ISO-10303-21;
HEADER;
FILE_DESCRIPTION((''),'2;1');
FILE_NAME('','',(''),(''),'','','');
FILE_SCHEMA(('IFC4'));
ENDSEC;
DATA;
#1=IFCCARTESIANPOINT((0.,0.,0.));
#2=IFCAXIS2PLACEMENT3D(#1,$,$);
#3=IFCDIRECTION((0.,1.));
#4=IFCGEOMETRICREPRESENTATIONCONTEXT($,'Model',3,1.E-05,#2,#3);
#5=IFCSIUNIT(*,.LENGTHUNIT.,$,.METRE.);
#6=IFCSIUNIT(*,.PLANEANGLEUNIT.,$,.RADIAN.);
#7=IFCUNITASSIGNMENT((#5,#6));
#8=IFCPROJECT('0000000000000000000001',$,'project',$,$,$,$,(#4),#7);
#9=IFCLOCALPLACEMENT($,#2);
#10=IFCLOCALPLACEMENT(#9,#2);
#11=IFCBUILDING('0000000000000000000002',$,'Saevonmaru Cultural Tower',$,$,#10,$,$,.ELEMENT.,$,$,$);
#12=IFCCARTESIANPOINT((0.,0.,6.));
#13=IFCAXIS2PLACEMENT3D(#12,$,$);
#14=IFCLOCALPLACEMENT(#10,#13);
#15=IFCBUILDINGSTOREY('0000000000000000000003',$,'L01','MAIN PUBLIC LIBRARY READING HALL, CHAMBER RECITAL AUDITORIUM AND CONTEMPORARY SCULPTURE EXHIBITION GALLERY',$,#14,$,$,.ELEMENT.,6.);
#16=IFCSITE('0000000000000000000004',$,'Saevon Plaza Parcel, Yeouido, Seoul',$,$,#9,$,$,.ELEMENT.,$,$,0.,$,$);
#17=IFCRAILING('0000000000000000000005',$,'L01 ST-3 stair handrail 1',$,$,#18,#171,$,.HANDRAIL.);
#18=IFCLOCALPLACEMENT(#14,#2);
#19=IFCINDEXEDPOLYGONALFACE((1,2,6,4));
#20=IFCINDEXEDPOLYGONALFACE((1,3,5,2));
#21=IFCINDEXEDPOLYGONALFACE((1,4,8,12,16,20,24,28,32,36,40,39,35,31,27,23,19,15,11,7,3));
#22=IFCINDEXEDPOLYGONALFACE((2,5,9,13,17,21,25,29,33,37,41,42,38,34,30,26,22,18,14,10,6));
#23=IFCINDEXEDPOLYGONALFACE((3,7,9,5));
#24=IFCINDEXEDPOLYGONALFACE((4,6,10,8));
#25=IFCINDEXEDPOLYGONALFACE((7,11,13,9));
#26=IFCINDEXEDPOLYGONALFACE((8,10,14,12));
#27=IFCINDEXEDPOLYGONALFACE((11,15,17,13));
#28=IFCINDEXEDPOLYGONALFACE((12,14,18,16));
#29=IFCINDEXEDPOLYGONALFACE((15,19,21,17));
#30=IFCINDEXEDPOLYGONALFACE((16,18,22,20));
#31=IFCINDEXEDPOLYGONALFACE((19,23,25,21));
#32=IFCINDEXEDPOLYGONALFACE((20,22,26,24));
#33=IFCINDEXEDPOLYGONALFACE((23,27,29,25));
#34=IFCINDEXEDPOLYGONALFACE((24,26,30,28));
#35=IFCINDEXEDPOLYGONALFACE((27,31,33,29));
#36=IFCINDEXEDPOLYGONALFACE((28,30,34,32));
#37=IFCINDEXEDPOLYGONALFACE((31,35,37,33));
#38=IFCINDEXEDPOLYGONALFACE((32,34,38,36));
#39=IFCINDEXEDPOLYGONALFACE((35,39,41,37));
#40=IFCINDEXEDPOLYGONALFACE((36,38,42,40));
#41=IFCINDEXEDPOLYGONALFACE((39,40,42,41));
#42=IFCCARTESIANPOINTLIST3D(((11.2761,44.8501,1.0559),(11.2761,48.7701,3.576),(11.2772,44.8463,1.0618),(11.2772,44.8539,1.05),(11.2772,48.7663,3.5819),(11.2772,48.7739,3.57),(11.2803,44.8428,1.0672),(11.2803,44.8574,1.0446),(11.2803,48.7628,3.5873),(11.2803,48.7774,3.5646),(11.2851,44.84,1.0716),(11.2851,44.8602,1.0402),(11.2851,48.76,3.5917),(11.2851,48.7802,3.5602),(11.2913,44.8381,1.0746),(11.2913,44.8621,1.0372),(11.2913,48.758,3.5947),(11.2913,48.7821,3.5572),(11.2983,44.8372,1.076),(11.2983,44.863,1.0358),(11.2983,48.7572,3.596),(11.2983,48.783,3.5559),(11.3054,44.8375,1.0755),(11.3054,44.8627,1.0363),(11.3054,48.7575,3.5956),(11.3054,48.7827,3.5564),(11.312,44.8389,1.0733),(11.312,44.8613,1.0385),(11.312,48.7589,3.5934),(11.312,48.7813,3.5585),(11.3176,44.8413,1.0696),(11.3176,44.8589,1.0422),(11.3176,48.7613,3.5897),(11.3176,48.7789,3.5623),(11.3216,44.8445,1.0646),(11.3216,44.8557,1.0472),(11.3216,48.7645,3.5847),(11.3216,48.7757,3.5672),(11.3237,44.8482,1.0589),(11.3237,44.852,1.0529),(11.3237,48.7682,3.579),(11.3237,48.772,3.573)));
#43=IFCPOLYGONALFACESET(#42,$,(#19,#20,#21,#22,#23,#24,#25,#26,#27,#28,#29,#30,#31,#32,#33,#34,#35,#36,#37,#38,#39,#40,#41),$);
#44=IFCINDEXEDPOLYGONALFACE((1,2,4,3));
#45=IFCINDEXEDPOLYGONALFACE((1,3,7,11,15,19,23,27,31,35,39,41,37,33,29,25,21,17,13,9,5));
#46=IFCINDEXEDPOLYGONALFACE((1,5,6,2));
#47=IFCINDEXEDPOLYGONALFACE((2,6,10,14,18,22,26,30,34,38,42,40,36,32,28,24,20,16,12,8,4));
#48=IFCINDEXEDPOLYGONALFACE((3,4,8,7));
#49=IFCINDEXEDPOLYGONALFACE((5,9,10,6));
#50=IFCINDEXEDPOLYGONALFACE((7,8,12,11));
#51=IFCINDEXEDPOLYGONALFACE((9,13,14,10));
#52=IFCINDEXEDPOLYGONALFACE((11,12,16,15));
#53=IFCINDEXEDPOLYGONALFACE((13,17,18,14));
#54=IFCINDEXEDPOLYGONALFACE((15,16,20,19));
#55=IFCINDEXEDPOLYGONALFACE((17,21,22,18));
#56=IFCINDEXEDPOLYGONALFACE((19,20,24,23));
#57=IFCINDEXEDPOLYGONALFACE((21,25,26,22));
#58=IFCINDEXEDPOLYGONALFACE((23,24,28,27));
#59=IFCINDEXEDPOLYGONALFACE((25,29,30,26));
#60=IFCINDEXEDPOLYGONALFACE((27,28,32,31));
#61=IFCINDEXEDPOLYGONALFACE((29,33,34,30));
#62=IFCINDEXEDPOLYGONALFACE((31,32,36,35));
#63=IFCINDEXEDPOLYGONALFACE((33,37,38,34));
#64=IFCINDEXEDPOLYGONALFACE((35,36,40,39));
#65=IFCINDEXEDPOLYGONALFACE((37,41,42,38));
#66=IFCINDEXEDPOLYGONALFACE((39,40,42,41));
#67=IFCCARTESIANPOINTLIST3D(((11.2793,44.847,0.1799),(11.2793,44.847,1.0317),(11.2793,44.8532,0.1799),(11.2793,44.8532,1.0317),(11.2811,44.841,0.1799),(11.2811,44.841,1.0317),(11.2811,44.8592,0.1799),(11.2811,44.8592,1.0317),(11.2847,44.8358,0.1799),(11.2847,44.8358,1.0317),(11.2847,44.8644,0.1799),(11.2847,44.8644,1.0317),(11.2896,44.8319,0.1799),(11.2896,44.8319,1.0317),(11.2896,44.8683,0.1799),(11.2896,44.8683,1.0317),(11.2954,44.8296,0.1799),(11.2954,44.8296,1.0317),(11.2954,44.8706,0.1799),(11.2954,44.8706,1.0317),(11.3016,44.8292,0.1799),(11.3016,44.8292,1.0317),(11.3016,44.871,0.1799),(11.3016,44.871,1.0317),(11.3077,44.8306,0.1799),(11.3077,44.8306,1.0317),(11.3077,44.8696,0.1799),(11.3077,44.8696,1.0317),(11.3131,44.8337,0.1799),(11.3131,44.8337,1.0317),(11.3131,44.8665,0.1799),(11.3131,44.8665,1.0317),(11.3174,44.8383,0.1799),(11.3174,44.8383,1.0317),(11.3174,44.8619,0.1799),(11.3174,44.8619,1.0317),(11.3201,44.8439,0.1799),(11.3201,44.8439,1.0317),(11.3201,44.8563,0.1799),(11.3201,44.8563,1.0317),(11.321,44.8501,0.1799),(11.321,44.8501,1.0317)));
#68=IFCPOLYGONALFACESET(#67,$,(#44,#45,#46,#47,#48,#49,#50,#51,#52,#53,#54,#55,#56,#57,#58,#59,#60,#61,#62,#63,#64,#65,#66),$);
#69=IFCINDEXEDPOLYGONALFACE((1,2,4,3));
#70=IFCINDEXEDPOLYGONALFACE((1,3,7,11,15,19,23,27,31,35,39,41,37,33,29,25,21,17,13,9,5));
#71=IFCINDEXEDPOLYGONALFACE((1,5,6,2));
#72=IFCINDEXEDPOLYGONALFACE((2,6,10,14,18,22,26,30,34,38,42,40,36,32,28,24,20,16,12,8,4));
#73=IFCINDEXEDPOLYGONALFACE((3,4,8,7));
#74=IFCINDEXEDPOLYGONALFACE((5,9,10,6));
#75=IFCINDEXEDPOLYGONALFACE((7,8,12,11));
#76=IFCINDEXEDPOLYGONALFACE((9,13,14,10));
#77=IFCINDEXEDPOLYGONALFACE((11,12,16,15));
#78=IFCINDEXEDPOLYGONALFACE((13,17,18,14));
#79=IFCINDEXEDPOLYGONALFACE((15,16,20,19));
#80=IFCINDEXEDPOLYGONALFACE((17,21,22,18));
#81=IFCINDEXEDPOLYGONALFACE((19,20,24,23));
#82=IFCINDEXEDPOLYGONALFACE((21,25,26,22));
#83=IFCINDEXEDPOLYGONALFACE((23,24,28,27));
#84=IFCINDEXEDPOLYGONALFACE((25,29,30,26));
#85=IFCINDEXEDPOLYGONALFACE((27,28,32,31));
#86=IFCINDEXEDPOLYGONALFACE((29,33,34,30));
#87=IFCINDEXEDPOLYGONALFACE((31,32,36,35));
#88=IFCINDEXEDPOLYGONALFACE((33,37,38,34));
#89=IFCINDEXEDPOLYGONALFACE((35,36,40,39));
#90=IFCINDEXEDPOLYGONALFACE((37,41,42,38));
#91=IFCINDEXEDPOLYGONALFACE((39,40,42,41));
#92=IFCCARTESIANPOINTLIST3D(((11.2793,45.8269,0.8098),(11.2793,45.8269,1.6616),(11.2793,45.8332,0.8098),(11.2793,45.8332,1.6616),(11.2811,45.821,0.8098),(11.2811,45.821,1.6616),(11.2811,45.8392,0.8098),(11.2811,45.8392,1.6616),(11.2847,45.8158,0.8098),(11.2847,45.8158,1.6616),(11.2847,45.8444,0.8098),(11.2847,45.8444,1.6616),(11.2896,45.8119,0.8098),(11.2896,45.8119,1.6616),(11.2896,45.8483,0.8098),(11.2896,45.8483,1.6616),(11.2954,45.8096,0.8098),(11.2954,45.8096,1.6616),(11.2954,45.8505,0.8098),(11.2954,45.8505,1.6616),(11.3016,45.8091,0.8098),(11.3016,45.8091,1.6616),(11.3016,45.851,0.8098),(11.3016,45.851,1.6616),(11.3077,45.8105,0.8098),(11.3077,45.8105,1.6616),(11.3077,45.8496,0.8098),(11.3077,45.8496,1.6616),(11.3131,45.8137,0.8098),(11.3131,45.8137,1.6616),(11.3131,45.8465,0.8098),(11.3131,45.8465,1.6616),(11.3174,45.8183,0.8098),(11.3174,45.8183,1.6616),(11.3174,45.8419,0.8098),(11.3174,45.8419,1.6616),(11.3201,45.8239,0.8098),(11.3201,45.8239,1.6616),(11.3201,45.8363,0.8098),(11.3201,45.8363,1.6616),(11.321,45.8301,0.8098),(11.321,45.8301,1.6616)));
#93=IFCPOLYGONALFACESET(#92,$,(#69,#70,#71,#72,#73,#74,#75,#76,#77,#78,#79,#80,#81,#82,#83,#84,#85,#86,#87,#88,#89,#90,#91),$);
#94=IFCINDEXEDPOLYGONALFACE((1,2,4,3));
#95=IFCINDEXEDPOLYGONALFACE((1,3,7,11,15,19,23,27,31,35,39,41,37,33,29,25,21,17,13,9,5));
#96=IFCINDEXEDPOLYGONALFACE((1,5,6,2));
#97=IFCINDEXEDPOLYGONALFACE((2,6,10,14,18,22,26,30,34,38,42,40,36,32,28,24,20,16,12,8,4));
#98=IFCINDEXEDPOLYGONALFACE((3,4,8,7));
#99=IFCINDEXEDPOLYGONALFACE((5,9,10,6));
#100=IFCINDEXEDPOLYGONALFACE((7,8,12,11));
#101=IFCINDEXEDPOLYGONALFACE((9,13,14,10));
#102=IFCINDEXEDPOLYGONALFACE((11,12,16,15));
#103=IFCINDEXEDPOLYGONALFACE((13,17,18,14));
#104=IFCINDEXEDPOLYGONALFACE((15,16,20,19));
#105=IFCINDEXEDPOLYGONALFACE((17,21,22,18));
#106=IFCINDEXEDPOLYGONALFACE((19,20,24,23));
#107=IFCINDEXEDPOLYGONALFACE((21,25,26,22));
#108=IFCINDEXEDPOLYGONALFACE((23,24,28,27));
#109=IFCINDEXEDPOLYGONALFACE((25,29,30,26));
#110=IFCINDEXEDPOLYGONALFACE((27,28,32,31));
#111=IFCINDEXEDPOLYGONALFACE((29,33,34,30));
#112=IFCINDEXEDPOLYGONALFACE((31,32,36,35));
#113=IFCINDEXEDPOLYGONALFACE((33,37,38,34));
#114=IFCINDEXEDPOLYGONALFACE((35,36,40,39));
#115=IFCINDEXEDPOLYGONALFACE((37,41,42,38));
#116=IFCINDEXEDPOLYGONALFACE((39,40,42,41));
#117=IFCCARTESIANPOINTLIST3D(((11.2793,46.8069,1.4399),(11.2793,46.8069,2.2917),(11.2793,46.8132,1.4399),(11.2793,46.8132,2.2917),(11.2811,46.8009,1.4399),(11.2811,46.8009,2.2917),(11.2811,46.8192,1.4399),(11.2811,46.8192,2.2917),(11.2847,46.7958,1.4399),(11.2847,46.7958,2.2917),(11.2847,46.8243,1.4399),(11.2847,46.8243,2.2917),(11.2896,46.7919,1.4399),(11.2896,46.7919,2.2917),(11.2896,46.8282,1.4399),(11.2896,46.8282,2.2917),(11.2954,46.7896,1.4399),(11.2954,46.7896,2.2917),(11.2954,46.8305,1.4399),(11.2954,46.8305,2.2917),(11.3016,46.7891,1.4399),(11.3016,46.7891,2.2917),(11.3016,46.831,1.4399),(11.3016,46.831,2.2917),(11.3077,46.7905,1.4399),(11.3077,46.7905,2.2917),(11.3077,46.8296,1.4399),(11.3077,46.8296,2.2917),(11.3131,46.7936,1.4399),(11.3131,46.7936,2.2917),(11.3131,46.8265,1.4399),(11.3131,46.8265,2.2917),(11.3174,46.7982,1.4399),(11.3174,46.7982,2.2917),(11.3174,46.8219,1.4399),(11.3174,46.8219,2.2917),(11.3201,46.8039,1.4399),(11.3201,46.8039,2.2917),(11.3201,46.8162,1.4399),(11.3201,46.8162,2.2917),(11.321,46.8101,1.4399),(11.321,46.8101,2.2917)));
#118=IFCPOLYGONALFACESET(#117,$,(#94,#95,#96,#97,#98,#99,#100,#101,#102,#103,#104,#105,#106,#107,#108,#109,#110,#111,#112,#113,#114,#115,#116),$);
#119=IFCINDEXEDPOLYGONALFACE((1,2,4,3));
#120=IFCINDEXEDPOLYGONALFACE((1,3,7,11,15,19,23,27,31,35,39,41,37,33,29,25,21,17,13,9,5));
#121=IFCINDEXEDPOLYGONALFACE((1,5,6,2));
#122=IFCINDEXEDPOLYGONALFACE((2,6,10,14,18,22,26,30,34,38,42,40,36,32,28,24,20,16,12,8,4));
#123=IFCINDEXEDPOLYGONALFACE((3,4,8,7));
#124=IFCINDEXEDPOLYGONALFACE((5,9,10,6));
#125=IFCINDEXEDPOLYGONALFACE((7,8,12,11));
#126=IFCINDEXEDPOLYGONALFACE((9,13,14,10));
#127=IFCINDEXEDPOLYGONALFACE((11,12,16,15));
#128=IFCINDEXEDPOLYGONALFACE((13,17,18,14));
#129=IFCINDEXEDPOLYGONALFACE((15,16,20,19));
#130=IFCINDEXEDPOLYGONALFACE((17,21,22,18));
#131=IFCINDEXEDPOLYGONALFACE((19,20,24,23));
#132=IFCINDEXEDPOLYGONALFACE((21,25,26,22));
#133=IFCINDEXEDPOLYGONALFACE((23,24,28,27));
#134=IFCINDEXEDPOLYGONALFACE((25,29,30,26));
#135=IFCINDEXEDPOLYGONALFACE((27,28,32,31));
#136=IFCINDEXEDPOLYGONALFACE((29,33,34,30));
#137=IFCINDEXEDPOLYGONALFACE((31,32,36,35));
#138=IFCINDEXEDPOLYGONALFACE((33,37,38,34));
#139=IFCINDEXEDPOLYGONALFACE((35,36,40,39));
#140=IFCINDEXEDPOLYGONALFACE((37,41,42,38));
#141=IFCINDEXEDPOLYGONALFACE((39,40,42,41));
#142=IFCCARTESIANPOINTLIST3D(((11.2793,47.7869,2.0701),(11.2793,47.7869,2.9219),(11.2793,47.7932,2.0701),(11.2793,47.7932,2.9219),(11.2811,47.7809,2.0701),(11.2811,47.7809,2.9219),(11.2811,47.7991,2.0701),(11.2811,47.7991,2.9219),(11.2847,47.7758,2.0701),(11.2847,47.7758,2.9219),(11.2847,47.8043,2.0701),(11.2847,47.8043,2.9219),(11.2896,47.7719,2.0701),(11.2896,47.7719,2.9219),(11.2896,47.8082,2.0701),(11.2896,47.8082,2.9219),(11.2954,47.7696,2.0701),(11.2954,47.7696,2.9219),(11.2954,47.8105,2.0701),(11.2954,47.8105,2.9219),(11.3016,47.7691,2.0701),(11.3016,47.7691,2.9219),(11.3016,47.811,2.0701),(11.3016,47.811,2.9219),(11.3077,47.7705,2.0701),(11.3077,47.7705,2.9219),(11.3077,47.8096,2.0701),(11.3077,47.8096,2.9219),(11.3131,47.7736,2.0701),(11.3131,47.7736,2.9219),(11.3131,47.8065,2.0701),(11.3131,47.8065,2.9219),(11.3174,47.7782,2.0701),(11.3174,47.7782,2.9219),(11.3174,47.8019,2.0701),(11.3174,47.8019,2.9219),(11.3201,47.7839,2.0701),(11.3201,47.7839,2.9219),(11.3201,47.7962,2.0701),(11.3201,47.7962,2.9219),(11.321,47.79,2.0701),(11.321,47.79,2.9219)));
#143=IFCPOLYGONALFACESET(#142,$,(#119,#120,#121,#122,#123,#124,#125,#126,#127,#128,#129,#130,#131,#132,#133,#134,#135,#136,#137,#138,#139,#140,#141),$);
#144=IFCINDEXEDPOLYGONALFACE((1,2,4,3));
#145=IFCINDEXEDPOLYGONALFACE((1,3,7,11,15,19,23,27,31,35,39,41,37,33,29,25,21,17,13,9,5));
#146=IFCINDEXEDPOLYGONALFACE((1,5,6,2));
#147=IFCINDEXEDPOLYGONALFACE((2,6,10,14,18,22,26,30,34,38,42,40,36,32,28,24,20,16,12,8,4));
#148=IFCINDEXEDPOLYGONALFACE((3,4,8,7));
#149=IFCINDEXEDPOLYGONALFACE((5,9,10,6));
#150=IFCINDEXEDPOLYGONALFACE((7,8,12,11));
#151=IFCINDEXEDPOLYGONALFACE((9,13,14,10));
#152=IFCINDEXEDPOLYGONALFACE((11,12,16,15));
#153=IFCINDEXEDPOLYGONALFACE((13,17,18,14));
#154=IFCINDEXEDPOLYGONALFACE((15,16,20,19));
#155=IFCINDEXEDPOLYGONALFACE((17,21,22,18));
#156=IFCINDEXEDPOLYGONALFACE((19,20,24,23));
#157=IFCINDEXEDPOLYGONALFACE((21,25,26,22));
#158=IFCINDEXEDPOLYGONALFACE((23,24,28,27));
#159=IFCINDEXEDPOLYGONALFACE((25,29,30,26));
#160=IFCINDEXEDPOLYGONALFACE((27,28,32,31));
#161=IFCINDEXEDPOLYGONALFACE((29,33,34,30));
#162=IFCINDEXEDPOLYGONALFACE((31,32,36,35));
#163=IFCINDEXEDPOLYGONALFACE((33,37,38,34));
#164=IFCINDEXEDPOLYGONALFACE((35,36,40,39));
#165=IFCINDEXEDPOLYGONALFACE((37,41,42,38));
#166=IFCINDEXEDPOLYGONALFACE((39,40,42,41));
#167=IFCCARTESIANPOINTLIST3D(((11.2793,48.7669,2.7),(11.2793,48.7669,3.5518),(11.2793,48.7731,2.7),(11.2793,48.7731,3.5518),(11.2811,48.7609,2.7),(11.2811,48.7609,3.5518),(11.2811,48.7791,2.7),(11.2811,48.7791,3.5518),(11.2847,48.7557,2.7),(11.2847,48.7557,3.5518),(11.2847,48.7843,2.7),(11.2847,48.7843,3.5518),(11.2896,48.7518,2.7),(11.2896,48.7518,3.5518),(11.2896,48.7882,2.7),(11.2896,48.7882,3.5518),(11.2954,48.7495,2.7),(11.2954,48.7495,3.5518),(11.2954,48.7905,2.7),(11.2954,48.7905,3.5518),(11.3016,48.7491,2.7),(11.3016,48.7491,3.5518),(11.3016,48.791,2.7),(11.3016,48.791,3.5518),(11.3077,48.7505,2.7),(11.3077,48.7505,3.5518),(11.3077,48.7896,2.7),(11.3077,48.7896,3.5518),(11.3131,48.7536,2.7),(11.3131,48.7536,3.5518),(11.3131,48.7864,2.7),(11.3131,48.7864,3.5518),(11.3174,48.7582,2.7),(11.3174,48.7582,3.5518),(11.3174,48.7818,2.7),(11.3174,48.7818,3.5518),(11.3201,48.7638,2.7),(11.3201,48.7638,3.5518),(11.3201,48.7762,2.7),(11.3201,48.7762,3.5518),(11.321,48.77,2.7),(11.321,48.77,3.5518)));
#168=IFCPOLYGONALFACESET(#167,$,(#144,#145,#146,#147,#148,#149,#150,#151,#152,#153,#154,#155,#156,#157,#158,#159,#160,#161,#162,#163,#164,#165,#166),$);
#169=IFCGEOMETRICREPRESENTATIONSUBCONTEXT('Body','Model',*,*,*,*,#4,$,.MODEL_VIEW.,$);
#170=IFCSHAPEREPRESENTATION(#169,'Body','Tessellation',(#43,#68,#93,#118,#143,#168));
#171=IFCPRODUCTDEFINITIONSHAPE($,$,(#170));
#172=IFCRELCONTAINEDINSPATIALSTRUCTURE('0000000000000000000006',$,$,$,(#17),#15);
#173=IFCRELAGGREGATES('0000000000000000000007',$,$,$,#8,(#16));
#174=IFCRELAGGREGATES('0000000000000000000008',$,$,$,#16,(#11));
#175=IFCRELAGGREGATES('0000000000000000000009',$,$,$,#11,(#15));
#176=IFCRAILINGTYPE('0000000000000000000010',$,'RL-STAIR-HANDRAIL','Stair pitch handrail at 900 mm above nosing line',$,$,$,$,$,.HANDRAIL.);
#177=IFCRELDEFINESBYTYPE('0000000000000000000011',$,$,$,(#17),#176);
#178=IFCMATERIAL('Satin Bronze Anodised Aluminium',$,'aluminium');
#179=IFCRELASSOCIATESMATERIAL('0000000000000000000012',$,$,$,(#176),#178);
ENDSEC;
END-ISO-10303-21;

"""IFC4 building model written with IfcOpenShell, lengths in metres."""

from ifc_helpers import new_model, si_unit, direction, frame, origin, origin_2d, place, context, subcontext, project, spatial, circle, extrude, material, type_object, element, save


model = new_model("IFC4")

# Units and contexts
model_context = context("Model", 3, precision=1e-05, world=origin(), true_north=direction((0.0, 1.0)))
body_context = subcontext(model_context, "Body", "Model", "MODEL_VIEW")
ifc_project = project(units=[si_unit("LENGTHUNIT", "METRE"), si_unit("PLANEANGLEUNIT", "RADIAN")], contexts=[model_context])

# Site, building, storey
site_placement = place(None, origin())
site = spatial("IfcSite", under=ifc_project, at=site_placement, Name="Saevon Plaza Parcel, Yeouido, Seoul", CompositionType="ELEMENT", RefElevation=0.0)
building_placement = place(site_placement, origin())
building = spatial("IfcBuilding", under=site, at=building_placement, Name="Saevonmaru Cultural Tower", CompositionType="ELEMENT")
storey_placement = place(building_placement, frame((0.0, 0.0, 6.0)))
storey = spatial("IfcBuildingStorey", under=building, at=storey_placement, Name="L01", Description="MAIN PUBLIC LIBRARY READING HALL, CHAMBER RECITAL AUDITORIUM AND CONTEMPORARY SCULPTURE EXHIBITION GALLERY", CompositionType="ELEMENT", Elevation=6.0)

# Shared definitions
ifc_material_1 = material(Name="Satin Bronze Anodised Aluminium", Category="aluminium")

# Railing
railing_type_1 = type_object("IfcRailingType", Name="RL-STAIR-HANDRAIL", Description="Stair pitch handrail at 900 mm above nosing line", PredefinedType="HANDRAIL", material=ifc_material_1)
railing_1_placement = place(storey_placement, frame((11.3, 44.8501, 0.1799)))
element("IfcRailing", 1, at=railing_1_placement, inside=storey, type_object=railing_type_1, Name="L01 ST-3 stair handrail 1", PredefinedType="HANDRAIL", context=body_context, shape_type="SweptSolid", body=[
    extrude(circle(Radius=0.0239, at=origin_2d()), frame((0.0, 0.0, 0.876), z_axis=(0.0, 0.841172, 0.540768), x_axis=(-1.0, 0.0, 0.0)), (0.0, 0.0, 1.0), 4.6602),
    extrude(circle(Radius=0.021, at=origin_2d()), origin(), (0.0, 0.0, 1.0), 0.8518),
    extrude(circle(Radius=0.021, at=origin_2d()), frame((0.0, 0.98, 0.6299)), (0.0, 0.0, 1.0), 0.8518),
    extrude(circle(Radius=0.021, at=origin_2d()), frame((0.0, 1.96, 1.26)), (0.0, 0.0, 1.0), 0.8518),
    extrude(circle(Radius=0.021, at=origin_2d()), frame((0.0, 2.9399, 1.8901)), (0.0, 0.0, 1.0), 0.8518),
    extrude(circle(Radius=0.021, at=origin_2d()), frame((0.0, 3.9199, 2.52)), (0.0, 0.0, 1.0), 0.8518),
])

save(model, "model.ifc")
